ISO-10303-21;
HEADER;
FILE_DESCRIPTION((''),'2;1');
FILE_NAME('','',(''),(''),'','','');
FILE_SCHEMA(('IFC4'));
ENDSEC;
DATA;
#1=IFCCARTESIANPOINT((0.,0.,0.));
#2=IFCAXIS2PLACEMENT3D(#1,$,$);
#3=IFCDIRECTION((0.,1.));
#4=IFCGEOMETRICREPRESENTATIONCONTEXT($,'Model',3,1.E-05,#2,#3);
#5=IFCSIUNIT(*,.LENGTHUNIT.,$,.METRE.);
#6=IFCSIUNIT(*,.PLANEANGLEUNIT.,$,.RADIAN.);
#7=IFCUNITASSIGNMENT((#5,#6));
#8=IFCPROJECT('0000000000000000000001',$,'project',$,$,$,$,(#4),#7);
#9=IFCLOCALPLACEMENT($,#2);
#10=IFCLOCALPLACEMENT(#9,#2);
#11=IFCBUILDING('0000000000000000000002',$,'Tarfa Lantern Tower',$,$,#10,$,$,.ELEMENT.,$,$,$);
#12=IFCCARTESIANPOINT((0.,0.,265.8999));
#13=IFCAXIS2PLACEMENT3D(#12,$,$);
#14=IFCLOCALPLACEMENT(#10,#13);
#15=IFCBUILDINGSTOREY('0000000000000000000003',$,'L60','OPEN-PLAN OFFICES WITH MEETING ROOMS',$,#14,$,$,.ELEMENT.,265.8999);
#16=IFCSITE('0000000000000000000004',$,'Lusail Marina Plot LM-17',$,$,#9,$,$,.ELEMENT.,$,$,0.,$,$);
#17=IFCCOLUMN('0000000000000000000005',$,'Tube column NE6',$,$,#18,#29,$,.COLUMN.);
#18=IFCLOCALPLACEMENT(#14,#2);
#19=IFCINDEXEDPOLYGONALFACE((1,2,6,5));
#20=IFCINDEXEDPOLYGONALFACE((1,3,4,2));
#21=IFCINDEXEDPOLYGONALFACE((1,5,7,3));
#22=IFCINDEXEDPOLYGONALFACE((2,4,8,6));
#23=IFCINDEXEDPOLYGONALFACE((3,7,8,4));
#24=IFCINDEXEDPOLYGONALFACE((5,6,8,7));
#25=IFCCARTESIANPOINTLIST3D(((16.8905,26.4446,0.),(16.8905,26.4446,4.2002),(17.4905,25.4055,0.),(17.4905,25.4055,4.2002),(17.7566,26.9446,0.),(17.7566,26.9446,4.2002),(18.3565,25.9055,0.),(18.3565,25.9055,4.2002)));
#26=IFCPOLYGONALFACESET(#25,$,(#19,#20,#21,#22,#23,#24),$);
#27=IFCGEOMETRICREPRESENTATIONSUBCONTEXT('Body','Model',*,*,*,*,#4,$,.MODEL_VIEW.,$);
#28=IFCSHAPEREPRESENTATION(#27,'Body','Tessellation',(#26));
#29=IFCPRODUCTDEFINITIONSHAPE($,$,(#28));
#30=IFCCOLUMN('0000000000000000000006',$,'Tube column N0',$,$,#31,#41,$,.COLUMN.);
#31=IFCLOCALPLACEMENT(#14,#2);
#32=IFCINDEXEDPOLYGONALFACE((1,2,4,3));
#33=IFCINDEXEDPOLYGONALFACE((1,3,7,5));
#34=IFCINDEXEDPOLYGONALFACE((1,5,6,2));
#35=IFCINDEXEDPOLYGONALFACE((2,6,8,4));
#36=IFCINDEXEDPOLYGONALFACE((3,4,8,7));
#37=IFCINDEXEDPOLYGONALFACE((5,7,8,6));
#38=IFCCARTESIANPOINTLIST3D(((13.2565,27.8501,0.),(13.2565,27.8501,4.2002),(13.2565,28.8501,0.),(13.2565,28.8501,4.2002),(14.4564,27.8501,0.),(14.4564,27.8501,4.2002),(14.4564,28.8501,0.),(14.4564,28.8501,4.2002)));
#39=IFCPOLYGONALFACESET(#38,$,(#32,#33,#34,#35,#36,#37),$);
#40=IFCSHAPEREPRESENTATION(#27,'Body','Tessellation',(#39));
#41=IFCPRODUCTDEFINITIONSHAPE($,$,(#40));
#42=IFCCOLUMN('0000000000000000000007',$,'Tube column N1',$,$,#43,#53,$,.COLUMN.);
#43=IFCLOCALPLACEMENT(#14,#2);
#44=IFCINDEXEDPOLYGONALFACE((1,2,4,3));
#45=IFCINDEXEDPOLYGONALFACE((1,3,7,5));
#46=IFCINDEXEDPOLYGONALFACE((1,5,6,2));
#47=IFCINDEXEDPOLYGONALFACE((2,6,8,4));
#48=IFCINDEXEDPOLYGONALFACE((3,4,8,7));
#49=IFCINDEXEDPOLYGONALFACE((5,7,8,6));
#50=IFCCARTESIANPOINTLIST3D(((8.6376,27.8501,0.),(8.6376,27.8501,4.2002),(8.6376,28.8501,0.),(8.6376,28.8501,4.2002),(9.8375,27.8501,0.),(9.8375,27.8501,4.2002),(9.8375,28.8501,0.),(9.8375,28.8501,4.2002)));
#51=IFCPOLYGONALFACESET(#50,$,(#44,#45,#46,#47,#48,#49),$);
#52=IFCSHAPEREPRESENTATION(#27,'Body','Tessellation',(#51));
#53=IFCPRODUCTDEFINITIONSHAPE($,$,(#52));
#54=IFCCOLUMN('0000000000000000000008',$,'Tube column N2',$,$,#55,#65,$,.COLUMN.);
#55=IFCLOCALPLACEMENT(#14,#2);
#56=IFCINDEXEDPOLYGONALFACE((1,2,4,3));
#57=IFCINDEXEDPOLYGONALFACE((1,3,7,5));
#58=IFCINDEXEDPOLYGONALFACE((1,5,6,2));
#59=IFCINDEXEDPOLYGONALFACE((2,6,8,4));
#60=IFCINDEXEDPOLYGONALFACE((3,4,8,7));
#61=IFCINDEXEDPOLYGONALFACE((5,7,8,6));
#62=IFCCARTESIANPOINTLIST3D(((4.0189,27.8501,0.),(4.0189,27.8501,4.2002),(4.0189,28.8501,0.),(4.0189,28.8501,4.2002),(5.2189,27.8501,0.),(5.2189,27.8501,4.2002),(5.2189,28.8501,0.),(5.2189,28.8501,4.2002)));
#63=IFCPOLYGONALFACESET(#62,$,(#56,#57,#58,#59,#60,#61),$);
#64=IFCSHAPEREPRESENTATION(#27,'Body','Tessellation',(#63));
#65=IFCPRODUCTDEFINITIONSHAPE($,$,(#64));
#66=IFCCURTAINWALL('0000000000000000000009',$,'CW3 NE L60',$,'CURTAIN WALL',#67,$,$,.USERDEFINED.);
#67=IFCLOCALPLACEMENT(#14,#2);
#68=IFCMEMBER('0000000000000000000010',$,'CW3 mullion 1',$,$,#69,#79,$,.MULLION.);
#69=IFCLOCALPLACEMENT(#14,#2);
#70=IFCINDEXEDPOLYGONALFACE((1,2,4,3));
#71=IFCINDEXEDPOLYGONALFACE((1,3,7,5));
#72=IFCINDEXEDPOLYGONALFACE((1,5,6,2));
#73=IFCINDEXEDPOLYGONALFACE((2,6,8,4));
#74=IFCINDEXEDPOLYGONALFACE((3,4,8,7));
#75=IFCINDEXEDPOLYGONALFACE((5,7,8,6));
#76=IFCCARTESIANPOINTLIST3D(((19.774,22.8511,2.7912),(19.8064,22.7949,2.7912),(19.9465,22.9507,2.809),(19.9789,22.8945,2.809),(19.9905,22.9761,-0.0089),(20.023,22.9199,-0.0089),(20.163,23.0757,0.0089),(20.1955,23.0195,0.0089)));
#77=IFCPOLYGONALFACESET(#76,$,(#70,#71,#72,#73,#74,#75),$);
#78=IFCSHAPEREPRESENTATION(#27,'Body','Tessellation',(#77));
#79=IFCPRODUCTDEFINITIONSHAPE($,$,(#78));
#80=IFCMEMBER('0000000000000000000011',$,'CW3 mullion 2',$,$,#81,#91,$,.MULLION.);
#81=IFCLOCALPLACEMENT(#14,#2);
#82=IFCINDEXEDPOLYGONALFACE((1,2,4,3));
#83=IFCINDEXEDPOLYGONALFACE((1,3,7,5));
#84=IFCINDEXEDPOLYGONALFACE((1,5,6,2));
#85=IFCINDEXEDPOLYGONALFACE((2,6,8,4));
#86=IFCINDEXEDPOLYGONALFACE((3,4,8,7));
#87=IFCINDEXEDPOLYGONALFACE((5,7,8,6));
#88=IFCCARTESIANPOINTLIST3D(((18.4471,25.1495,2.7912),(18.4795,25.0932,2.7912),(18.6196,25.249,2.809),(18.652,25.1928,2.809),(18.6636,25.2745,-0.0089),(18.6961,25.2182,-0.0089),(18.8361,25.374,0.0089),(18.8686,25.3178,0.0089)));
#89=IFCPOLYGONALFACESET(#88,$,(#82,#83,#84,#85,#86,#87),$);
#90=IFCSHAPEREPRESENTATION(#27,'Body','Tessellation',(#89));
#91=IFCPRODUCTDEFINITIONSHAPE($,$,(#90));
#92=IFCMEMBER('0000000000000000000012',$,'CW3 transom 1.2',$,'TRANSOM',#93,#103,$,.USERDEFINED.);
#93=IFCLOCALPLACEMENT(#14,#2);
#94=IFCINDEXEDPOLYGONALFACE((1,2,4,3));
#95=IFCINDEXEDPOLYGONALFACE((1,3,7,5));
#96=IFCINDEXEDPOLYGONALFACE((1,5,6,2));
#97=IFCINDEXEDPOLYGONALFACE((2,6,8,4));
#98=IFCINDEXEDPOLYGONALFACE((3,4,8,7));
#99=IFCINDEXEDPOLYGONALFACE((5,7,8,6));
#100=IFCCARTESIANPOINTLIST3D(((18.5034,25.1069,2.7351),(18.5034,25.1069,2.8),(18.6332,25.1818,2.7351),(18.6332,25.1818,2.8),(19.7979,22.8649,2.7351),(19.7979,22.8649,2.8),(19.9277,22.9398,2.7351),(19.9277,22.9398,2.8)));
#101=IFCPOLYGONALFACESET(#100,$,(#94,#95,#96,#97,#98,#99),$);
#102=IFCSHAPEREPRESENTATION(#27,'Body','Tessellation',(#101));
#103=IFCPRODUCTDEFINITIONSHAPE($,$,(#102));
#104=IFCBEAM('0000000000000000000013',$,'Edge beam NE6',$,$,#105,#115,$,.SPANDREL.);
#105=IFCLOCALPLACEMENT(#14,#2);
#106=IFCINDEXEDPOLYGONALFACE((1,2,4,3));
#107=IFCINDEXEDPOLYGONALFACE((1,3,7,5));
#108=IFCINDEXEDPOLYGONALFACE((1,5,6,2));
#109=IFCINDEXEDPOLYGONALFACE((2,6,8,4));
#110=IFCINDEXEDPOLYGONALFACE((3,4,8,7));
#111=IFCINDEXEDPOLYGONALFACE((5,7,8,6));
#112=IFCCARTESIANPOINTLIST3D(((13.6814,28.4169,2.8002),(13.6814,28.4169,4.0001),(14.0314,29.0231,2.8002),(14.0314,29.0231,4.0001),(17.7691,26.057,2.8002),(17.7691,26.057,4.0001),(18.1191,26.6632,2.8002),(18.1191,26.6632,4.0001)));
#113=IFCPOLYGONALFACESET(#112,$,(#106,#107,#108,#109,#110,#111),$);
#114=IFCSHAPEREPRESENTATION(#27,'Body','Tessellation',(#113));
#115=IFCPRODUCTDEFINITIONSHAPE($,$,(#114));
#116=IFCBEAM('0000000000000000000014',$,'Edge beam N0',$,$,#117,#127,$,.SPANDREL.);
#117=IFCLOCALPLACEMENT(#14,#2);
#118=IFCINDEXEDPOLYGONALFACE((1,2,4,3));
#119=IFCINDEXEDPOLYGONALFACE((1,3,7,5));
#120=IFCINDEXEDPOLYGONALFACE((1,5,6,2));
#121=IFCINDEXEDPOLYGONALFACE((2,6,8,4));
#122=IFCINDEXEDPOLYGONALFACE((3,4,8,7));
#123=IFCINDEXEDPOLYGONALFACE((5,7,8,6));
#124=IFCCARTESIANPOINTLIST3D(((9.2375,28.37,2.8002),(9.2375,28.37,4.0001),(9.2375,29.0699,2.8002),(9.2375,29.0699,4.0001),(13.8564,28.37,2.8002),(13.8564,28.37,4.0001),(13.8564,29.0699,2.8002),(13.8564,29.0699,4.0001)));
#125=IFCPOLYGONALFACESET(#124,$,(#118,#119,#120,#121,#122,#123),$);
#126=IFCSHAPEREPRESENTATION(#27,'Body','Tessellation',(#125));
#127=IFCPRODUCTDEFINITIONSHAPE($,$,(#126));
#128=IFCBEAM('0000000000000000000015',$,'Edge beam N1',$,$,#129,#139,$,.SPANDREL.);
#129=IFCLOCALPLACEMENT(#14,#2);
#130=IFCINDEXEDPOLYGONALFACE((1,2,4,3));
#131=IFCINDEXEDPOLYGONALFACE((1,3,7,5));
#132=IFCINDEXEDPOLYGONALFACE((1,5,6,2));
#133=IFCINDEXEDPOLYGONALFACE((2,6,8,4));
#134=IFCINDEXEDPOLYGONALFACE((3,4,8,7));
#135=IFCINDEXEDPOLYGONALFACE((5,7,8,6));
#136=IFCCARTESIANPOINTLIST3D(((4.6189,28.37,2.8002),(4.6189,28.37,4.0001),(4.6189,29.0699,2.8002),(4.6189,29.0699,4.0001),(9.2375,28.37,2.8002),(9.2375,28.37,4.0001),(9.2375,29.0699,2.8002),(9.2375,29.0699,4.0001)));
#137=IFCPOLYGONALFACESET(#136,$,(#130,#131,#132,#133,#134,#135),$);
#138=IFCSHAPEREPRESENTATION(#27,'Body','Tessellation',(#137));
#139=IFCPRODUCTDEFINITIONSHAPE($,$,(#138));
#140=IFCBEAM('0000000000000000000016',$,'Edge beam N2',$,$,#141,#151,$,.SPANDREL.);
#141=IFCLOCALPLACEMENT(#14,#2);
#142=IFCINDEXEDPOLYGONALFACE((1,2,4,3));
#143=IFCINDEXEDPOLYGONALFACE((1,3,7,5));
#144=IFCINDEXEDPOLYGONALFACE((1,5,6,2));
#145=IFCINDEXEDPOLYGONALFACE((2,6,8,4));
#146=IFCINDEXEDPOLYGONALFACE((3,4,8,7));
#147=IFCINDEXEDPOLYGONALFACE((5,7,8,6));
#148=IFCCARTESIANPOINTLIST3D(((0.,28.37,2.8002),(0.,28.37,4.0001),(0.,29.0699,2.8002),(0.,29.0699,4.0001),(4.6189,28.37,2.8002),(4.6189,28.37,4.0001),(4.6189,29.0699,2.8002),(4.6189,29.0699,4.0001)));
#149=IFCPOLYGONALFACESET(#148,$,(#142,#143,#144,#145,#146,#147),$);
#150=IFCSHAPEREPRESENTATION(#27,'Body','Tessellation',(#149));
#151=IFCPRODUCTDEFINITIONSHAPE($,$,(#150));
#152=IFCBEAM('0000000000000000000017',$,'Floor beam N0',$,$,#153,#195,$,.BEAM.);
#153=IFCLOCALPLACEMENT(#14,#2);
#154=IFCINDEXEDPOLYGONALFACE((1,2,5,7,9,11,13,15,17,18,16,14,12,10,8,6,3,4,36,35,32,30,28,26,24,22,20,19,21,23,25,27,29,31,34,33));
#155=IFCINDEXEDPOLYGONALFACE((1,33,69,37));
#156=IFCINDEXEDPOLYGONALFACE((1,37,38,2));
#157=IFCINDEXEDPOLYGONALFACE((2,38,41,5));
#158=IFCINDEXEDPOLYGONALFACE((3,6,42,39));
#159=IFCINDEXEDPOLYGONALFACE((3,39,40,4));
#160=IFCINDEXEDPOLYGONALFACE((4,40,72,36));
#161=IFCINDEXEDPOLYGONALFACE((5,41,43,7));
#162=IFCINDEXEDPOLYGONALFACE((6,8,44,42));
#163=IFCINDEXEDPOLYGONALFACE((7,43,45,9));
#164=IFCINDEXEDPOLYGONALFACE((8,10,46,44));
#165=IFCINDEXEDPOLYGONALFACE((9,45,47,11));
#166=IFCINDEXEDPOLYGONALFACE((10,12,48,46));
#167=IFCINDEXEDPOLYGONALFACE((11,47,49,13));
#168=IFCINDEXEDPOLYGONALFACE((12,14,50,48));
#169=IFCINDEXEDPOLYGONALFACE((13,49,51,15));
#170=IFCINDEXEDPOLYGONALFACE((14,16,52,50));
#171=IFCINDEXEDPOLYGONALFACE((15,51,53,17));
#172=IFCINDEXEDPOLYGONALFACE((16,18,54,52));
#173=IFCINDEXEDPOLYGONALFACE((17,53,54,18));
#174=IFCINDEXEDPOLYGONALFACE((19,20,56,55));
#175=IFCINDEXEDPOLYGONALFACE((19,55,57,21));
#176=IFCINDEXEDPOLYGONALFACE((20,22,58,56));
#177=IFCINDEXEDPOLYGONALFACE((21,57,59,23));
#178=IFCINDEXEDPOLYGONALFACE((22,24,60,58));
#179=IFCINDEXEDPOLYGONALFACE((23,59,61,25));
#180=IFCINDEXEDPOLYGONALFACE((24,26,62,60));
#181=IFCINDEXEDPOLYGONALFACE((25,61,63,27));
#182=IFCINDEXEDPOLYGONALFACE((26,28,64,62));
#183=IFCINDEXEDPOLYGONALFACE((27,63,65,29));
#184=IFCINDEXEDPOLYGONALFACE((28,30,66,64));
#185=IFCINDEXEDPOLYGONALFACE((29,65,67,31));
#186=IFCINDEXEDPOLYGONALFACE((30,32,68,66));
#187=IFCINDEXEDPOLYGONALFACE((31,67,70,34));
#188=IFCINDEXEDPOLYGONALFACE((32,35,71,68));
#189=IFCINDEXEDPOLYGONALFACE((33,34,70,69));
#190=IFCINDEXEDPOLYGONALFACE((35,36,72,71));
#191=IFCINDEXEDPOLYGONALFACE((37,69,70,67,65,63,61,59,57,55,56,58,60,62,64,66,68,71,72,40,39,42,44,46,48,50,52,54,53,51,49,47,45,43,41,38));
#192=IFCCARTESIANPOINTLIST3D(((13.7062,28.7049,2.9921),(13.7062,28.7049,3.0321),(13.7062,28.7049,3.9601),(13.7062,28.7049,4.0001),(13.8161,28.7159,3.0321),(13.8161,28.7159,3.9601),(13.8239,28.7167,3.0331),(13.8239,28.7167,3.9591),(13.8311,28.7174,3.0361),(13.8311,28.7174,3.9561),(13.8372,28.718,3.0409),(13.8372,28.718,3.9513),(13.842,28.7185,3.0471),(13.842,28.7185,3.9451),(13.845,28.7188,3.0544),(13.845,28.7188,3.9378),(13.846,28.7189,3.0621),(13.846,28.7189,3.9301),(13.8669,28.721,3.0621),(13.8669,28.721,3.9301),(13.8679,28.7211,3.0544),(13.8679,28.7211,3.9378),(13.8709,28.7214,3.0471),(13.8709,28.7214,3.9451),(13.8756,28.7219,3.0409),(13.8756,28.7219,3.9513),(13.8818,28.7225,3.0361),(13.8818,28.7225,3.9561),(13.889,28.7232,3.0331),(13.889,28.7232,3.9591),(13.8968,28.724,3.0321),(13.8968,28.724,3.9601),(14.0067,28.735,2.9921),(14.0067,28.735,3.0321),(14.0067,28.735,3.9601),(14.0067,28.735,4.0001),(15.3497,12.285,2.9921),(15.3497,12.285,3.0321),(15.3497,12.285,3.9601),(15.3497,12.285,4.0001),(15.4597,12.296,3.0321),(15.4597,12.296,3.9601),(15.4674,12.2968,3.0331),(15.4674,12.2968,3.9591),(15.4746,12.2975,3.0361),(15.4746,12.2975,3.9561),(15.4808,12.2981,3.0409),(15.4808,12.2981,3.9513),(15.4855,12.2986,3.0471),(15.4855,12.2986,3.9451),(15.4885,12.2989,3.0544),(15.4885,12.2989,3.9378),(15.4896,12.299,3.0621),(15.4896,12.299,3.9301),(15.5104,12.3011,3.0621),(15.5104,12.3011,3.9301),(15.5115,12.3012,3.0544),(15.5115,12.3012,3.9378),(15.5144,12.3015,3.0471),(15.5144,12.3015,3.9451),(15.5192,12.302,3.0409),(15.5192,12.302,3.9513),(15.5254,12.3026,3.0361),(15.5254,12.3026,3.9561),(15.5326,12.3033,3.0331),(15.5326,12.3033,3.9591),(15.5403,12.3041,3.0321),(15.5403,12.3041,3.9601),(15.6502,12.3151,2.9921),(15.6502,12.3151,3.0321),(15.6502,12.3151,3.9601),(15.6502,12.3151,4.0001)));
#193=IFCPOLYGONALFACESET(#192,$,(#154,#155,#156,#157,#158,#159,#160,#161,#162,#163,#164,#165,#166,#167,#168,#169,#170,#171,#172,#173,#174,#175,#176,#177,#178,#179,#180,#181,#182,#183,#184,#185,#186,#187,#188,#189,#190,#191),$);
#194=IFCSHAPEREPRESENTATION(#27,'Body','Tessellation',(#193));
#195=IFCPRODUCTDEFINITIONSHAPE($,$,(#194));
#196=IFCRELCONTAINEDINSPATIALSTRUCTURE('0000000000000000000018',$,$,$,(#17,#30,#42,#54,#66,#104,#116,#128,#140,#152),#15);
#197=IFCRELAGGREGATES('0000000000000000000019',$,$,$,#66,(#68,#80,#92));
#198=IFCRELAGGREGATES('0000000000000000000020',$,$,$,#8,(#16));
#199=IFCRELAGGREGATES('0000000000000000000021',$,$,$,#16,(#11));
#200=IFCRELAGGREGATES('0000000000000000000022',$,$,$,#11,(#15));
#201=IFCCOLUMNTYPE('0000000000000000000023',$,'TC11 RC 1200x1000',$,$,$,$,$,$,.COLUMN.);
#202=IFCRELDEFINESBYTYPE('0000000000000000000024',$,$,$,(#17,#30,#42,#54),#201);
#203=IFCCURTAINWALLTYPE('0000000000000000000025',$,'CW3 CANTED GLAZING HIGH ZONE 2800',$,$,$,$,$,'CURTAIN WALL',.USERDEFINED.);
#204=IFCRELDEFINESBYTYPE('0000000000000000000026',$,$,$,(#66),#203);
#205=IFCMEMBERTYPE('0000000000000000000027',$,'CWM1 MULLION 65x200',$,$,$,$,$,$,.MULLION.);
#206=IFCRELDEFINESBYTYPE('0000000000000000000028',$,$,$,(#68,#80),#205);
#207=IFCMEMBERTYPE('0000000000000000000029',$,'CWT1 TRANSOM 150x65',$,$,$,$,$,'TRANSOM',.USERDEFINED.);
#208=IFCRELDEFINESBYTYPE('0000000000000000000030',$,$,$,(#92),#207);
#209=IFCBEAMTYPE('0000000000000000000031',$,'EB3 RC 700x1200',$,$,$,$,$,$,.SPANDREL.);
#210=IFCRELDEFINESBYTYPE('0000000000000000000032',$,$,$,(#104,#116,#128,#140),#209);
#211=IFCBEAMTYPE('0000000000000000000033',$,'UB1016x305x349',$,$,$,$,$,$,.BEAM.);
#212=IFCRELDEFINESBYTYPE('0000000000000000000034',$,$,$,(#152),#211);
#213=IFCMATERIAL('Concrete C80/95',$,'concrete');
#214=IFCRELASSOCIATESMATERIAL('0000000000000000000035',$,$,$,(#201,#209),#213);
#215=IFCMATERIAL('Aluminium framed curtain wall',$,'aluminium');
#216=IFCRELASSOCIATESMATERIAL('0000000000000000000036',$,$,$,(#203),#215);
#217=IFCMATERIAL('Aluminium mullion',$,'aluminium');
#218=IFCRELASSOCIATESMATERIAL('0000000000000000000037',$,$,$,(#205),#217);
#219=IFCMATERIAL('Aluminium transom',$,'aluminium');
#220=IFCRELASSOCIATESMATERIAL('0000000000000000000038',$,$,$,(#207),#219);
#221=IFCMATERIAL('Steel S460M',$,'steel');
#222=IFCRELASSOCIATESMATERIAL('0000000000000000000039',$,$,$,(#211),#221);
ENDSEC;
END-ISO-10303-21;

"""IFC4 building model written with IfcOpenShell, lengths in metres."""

from ifc_helpers import new_model, si_unit, direction, frame, origin, origin_2d, place, context, subcontext, project, spatial, rectangle, i_section, extrude, material, material_profile, profile_set, type_object, element, aggregate, save


model = new_model("IFC4")

# Units and contexts
model_context = context("Model", 3, precision=1e-05, world=origin(), true_north=direction((0.0, 1.0)))
body_context = subcontext(model_context, "Body", "Model", "MODEL_VIEW")
ifc_project = project(units=[si_unit("LENGTHUNIT", "METRE"), si_unit("PLANEANGLEUNIT", "RADIAN")], contexts=[model_context])

# Site, building, storey
site_placement = place(None, origin())
site = spatial("IfcSite", under=ifc_project, at=site_placement, Name="Lusail Marina Plot LM-17", CompositionType="ELEMENT", RefElevation=0.0)
building_placement = place(site_placement, origin())
building = spatial("IfcBuilding", under=site, at=building_placement, Name="Tarfa Lantern Tower", CompositionType="ELEMENT")
storey_placement = place(building_placement, frame((0.0, 0.0, 265.8999)))
storey = spatial("IfcBuildingStorey", under=building, at=storey_placement, Name="L60", Description="OPEN-PLAN OFFICES WITH MEETING ROOMS", CompositionType="ELEMENT", Elevation=265.8999)

# Columns
ifc_material_1 = material(Name="Concrete C80/95", Category="concrete")
ifc_material_profile_1 = material_profile(ifc_material_1, rectangle(XDim=1.2, YDim=1.0, at=origin_2d()), Name="RC 1200x1000")
ifc_profile_set_1 = profile_set([ifc_material_profile_1], Name="Concrete C80/95")
column_type = type_object("IfcColumnType", Name="TC11 RC 1200x1000", PredefinedType="COLUMN", material=ifc_profile_set_1)
for number, where, z_axis, x_axis, name in (
    (1, (17.6235, 26.175, 0.0), (0.0, 0.0, 1.0), (-0.5, 0.866025, 0.0), "Tube column NE6"),
    (2, (13.8564, 28.3501, 0.0), (0.0, 0.0, 1.0), (-1.0, 0.0, 0.0), "Tube column N0"),
    (3, (9.2375, 28.3501, 0.0), (0.0, 0.0, 1.0), (-1.0, 0.0, 0.0), "Tube column N1"),
    (4, (4.6189, 28.3501, 0.0), (0.0, 0.0, 1.0), (-1.0, 0.0, 0.0), "Tube column N2"),
):
    element("IfcColumn", number, at=place(storey_placement, frame(where, z_axis=z_axis, x_axis=x_axis)), inside=storey, type_object=column_type, Name=name, PredefinedType="COLUMN", context=body_context, shape_type="SweptSolid", body=[
        extrude(rectangle(XDim=1.2, YDim=1.0, at=origin_2d()), origin(), (0.0, 0.0, 1.0), 4.2002),
    ])

# Curtain wall, members
ifc_material_2 = material(Name="Aluminium framed curtain wall", Category="aluminium")
curtain_wall_type = type_object("IfcCurtainWallType", Name="CW3 CANTED GLAZING HIGH ZONE 2800", ElementType="CURTAIN WALL", PredefinedType="USERDEFINED", material=ifc_material_2)
curtain_wall_placement = place(storey_placement, origin())
curtain_wall = element("IfcCurtainWall", 5, at=curtain_wall_placement, inside=storey, type_object=curtain_wall_type, Name="CW3 NE L60", ObjectType="CURTAIN WALL", PredefinedType="USERDEFINED")
ifc_material_3 = material(Name="Aluminium mullion", Category="aluminium")
ifc_material_profile_2 = material_profile(ifc_material_3, rectangle(XDim=0.0649, YDim=0.2, at=origin_2d()), Name="AL MULLION 65x200")
ifc_profile_set_2 = profile_set([ifc_material_profile_2], Name="Aluminium mullion")
member_type_1 = type_object("IfcMemberType", Name="CWM1 MULLION 65x200", PredefinedType="MULLION", material=ifc_profile_set_2)
member_1_placement = place(storey_placement, frame((20.093, 22.9978, 0.0), z_axis=(-0.077032, -0.044465, 0.996037), x_axis=(0.49992, -0.866072, 0.0)))
member_1 = element("IfcMember", 6, at=member_1_placement, type_object=member_type_1, Name="CW3 mullion 1", PredefinedType="MULLION", context=body_context, shape_type="SweptSolid", body=[
    extrude(rectangle(XDim=0.0649, YDim=0.2, at=origin_2d()), origin(), (0.0, 0.0, 1.0), 2.8113),
])
member_2_placement = place(storey_placement, frame((18.7661, 25.2961, 0.0), z_axis=(-0.077032, -0.044465, 0.996037), x_axis=(0.49992, -0.866072, 0.0)))
member_2 = element("IfcMember", 7, at=member_2_placement, type_object=member_type_1, Name="CW3 mullion 2", PredefinedType="MULLION", context=body_context, shape_type="SweptSolid", body=[
    extrude(rectangle(XDim=0.0649, YDim=0.2, at=origin_2d()), origin(), (0.0, 0.0, 1.0), 2.8113),
])
ifc_material_4 = material(Name="Aluminium transom", Category="aluminium")
ifc_material_profile_3 = material_profile(ifc_material_4, rectangle(XDim=0.1499, YDim=0.0649, at=origin_2d()), Name="AL TRANSOM 150x65")
ifc_profile_set_3 = profile_set([ifc_material_profile_3], Name="Aluminium transom")
member_type_2 = type_object("IfcMemberType", Name="CWT1 TRANSOM 150x65", ElementType="TRANSOM", PredefinedType="USERDEFINED", material=ifc_profile_set_3)
member_3_placement = place(storey_placement, frame((19.8628, 22.9023, 2.7676), z_axis=(-0.500014, 0.866018, 0.0), x_axis=(-0.866018, -0.500014, 0.0)))
member_3 = element("IfcMember", 8, at=member_3_placement, type_object=member_type_2, Name="CW3 transom 1.2", ObjectType="TRANSOM", PredefinedType="USERDEFINED", context=body_context, shape_type="SweptSolid", body=[
    extrude(rectangle(XDim=0.1499, YDim=0.0649, at=origin_2d()), origin(), (0.0, 0.0, 1.0), 2.5889),
])

# Beams
ifc_material_profile_4 = material_profile(ifc_material_1, rectangle(XDim=0.7, YDim=1.2, at=origin_2d()), Name="RC 700x1200")
ifc_profile_set_4 = profile_set([ifc_material_profile_4], Name="Concrete C80/95")
beam_type_1 = type_object("IfcBeamType", Name="EB3 RC 700x1200", PredefinedType="SPANDREL", material=ifc_profile_set_4)
beam_1_placement = place(storey_placement, frame((17.9441, 26.3601, 3.4001), z_axis=(-0.866038, 0.499978, 0.0), x_axis=(-0.499978, -0.866038, 0.0)))
element("IfcBeam", 9, at=beam_1_placement, inside=storey, type_object=beam_type_1, Name="Edge beam NE6", PredefinedType="SPANDREL", context=body_context, shape_type="SweptSolid", body=[
    extrude(rectangle(XDim=0.7, YDim=1.2, at=origin_2d()), origin(), (0.0, 0.0, 1.0), 4.72),
])
beam_2_placement = place(storey_placement, frame((13.8564, 28.72, 3.4001), z_axis=(-1.0, 0.0, 0.0), x_axis=(0.0, -1.0, 0.0)))
element("IfcBeam", 10, at=beam_2_placement, inside=storey, type_object=beam_type_1, Name="Edge beam N0", PredefinedType="SPANDREL", context=body_context, shape_type="SweptSolid", body=[
    extrude(rectangle(XDim=0.7, YDim=1.2, at=origin_2d()), origin(), (0.0, 0.0, 1.0), 4.6189),
])
beam_3_placement = place(storey_placement, frame((9.2375, 28.72, 3.4001), z_axis=(-1.0, 0.0, 0.0), x_axis=(0.0, -1.0, 0.0)))
element("IfcBeam", 11, at=beam_3_placement, inside=storey, type_object=beam_type_1, Name="Edge beam N1", PredefinedType="SPANDREL", context=body_context, shape_type="SweptSolid", body=[
    extrude(rectangle(XDim=0.7, YDim=1.2, at=origin_2d()), origin(), (0.0, 0.0, 1.0), 4.6187),
])
beam_4_placement = place(storey_placement, frame((4.6189, 28.72, 3.4001), z_axis=(-1.0, 0.0, 0.0), x_axis=(0.0, -1.0, 0.0)))
element("IfcBeam", 12, at=beam_4_placement, inside=storey, type_object=beam_type_1, Name="Edge beam N2", PredefinedType="SPANDREL", context=body_context, shape_type="SweptSolid", body=[
    extrude(rectangle(XDim=0.7, YDim=1.2, at=origin_2d()), origin(), (0.0, 0.0, 1.0), 4.6189),
])
ifc_material_5 = material(Name="Steel S460M", Category="steel")
ifc_material_profile_5 = material_profile(ifc_material_5, i_section(OverallWidth=0.302, OverallDepth=1.0081, WebThickness=0.021, FlangeThickness=0.04, FilletRadius=0.03, at=origin_2d()), Name="UB1016x305x349")
ifc_profile_set_5 = profile_set([ifc_material_profile_5], Name="Steel S460M")
beam_type_2 = type_object("IfcBeamType", Name="UB1016x305x349", PredefinedType="BEAM", material=ifc_profile_set_5)
beam_5_placement = place(storey_placement, frame((13.8564, 28.72, 3.4961), z_axis=(0.099597, -0.995028, 0.0), x_axis=(0.995028, 0.099597, 0.0)))
element("IfcBeam", 13, at=beam_5_placement, inside=storey, type_object=beam_type_2, Name="Floor beam N0", PredefinedType="BEAM", context=body_context, shape_type="SweptSolid", body=[
    extrude(i_section(OverallWidth=0.302, OverallDepth=1.0081, WebThickness=0.021, FlangeThickness=0.04, FilletRadius=0.03, at=origin_2d()), origin(), (0.0, 0.0, 1.0), 16.502),
])

aggregate(curtain_wall, [member_1, member_2, member_3])

save(model, "model.ifc")
